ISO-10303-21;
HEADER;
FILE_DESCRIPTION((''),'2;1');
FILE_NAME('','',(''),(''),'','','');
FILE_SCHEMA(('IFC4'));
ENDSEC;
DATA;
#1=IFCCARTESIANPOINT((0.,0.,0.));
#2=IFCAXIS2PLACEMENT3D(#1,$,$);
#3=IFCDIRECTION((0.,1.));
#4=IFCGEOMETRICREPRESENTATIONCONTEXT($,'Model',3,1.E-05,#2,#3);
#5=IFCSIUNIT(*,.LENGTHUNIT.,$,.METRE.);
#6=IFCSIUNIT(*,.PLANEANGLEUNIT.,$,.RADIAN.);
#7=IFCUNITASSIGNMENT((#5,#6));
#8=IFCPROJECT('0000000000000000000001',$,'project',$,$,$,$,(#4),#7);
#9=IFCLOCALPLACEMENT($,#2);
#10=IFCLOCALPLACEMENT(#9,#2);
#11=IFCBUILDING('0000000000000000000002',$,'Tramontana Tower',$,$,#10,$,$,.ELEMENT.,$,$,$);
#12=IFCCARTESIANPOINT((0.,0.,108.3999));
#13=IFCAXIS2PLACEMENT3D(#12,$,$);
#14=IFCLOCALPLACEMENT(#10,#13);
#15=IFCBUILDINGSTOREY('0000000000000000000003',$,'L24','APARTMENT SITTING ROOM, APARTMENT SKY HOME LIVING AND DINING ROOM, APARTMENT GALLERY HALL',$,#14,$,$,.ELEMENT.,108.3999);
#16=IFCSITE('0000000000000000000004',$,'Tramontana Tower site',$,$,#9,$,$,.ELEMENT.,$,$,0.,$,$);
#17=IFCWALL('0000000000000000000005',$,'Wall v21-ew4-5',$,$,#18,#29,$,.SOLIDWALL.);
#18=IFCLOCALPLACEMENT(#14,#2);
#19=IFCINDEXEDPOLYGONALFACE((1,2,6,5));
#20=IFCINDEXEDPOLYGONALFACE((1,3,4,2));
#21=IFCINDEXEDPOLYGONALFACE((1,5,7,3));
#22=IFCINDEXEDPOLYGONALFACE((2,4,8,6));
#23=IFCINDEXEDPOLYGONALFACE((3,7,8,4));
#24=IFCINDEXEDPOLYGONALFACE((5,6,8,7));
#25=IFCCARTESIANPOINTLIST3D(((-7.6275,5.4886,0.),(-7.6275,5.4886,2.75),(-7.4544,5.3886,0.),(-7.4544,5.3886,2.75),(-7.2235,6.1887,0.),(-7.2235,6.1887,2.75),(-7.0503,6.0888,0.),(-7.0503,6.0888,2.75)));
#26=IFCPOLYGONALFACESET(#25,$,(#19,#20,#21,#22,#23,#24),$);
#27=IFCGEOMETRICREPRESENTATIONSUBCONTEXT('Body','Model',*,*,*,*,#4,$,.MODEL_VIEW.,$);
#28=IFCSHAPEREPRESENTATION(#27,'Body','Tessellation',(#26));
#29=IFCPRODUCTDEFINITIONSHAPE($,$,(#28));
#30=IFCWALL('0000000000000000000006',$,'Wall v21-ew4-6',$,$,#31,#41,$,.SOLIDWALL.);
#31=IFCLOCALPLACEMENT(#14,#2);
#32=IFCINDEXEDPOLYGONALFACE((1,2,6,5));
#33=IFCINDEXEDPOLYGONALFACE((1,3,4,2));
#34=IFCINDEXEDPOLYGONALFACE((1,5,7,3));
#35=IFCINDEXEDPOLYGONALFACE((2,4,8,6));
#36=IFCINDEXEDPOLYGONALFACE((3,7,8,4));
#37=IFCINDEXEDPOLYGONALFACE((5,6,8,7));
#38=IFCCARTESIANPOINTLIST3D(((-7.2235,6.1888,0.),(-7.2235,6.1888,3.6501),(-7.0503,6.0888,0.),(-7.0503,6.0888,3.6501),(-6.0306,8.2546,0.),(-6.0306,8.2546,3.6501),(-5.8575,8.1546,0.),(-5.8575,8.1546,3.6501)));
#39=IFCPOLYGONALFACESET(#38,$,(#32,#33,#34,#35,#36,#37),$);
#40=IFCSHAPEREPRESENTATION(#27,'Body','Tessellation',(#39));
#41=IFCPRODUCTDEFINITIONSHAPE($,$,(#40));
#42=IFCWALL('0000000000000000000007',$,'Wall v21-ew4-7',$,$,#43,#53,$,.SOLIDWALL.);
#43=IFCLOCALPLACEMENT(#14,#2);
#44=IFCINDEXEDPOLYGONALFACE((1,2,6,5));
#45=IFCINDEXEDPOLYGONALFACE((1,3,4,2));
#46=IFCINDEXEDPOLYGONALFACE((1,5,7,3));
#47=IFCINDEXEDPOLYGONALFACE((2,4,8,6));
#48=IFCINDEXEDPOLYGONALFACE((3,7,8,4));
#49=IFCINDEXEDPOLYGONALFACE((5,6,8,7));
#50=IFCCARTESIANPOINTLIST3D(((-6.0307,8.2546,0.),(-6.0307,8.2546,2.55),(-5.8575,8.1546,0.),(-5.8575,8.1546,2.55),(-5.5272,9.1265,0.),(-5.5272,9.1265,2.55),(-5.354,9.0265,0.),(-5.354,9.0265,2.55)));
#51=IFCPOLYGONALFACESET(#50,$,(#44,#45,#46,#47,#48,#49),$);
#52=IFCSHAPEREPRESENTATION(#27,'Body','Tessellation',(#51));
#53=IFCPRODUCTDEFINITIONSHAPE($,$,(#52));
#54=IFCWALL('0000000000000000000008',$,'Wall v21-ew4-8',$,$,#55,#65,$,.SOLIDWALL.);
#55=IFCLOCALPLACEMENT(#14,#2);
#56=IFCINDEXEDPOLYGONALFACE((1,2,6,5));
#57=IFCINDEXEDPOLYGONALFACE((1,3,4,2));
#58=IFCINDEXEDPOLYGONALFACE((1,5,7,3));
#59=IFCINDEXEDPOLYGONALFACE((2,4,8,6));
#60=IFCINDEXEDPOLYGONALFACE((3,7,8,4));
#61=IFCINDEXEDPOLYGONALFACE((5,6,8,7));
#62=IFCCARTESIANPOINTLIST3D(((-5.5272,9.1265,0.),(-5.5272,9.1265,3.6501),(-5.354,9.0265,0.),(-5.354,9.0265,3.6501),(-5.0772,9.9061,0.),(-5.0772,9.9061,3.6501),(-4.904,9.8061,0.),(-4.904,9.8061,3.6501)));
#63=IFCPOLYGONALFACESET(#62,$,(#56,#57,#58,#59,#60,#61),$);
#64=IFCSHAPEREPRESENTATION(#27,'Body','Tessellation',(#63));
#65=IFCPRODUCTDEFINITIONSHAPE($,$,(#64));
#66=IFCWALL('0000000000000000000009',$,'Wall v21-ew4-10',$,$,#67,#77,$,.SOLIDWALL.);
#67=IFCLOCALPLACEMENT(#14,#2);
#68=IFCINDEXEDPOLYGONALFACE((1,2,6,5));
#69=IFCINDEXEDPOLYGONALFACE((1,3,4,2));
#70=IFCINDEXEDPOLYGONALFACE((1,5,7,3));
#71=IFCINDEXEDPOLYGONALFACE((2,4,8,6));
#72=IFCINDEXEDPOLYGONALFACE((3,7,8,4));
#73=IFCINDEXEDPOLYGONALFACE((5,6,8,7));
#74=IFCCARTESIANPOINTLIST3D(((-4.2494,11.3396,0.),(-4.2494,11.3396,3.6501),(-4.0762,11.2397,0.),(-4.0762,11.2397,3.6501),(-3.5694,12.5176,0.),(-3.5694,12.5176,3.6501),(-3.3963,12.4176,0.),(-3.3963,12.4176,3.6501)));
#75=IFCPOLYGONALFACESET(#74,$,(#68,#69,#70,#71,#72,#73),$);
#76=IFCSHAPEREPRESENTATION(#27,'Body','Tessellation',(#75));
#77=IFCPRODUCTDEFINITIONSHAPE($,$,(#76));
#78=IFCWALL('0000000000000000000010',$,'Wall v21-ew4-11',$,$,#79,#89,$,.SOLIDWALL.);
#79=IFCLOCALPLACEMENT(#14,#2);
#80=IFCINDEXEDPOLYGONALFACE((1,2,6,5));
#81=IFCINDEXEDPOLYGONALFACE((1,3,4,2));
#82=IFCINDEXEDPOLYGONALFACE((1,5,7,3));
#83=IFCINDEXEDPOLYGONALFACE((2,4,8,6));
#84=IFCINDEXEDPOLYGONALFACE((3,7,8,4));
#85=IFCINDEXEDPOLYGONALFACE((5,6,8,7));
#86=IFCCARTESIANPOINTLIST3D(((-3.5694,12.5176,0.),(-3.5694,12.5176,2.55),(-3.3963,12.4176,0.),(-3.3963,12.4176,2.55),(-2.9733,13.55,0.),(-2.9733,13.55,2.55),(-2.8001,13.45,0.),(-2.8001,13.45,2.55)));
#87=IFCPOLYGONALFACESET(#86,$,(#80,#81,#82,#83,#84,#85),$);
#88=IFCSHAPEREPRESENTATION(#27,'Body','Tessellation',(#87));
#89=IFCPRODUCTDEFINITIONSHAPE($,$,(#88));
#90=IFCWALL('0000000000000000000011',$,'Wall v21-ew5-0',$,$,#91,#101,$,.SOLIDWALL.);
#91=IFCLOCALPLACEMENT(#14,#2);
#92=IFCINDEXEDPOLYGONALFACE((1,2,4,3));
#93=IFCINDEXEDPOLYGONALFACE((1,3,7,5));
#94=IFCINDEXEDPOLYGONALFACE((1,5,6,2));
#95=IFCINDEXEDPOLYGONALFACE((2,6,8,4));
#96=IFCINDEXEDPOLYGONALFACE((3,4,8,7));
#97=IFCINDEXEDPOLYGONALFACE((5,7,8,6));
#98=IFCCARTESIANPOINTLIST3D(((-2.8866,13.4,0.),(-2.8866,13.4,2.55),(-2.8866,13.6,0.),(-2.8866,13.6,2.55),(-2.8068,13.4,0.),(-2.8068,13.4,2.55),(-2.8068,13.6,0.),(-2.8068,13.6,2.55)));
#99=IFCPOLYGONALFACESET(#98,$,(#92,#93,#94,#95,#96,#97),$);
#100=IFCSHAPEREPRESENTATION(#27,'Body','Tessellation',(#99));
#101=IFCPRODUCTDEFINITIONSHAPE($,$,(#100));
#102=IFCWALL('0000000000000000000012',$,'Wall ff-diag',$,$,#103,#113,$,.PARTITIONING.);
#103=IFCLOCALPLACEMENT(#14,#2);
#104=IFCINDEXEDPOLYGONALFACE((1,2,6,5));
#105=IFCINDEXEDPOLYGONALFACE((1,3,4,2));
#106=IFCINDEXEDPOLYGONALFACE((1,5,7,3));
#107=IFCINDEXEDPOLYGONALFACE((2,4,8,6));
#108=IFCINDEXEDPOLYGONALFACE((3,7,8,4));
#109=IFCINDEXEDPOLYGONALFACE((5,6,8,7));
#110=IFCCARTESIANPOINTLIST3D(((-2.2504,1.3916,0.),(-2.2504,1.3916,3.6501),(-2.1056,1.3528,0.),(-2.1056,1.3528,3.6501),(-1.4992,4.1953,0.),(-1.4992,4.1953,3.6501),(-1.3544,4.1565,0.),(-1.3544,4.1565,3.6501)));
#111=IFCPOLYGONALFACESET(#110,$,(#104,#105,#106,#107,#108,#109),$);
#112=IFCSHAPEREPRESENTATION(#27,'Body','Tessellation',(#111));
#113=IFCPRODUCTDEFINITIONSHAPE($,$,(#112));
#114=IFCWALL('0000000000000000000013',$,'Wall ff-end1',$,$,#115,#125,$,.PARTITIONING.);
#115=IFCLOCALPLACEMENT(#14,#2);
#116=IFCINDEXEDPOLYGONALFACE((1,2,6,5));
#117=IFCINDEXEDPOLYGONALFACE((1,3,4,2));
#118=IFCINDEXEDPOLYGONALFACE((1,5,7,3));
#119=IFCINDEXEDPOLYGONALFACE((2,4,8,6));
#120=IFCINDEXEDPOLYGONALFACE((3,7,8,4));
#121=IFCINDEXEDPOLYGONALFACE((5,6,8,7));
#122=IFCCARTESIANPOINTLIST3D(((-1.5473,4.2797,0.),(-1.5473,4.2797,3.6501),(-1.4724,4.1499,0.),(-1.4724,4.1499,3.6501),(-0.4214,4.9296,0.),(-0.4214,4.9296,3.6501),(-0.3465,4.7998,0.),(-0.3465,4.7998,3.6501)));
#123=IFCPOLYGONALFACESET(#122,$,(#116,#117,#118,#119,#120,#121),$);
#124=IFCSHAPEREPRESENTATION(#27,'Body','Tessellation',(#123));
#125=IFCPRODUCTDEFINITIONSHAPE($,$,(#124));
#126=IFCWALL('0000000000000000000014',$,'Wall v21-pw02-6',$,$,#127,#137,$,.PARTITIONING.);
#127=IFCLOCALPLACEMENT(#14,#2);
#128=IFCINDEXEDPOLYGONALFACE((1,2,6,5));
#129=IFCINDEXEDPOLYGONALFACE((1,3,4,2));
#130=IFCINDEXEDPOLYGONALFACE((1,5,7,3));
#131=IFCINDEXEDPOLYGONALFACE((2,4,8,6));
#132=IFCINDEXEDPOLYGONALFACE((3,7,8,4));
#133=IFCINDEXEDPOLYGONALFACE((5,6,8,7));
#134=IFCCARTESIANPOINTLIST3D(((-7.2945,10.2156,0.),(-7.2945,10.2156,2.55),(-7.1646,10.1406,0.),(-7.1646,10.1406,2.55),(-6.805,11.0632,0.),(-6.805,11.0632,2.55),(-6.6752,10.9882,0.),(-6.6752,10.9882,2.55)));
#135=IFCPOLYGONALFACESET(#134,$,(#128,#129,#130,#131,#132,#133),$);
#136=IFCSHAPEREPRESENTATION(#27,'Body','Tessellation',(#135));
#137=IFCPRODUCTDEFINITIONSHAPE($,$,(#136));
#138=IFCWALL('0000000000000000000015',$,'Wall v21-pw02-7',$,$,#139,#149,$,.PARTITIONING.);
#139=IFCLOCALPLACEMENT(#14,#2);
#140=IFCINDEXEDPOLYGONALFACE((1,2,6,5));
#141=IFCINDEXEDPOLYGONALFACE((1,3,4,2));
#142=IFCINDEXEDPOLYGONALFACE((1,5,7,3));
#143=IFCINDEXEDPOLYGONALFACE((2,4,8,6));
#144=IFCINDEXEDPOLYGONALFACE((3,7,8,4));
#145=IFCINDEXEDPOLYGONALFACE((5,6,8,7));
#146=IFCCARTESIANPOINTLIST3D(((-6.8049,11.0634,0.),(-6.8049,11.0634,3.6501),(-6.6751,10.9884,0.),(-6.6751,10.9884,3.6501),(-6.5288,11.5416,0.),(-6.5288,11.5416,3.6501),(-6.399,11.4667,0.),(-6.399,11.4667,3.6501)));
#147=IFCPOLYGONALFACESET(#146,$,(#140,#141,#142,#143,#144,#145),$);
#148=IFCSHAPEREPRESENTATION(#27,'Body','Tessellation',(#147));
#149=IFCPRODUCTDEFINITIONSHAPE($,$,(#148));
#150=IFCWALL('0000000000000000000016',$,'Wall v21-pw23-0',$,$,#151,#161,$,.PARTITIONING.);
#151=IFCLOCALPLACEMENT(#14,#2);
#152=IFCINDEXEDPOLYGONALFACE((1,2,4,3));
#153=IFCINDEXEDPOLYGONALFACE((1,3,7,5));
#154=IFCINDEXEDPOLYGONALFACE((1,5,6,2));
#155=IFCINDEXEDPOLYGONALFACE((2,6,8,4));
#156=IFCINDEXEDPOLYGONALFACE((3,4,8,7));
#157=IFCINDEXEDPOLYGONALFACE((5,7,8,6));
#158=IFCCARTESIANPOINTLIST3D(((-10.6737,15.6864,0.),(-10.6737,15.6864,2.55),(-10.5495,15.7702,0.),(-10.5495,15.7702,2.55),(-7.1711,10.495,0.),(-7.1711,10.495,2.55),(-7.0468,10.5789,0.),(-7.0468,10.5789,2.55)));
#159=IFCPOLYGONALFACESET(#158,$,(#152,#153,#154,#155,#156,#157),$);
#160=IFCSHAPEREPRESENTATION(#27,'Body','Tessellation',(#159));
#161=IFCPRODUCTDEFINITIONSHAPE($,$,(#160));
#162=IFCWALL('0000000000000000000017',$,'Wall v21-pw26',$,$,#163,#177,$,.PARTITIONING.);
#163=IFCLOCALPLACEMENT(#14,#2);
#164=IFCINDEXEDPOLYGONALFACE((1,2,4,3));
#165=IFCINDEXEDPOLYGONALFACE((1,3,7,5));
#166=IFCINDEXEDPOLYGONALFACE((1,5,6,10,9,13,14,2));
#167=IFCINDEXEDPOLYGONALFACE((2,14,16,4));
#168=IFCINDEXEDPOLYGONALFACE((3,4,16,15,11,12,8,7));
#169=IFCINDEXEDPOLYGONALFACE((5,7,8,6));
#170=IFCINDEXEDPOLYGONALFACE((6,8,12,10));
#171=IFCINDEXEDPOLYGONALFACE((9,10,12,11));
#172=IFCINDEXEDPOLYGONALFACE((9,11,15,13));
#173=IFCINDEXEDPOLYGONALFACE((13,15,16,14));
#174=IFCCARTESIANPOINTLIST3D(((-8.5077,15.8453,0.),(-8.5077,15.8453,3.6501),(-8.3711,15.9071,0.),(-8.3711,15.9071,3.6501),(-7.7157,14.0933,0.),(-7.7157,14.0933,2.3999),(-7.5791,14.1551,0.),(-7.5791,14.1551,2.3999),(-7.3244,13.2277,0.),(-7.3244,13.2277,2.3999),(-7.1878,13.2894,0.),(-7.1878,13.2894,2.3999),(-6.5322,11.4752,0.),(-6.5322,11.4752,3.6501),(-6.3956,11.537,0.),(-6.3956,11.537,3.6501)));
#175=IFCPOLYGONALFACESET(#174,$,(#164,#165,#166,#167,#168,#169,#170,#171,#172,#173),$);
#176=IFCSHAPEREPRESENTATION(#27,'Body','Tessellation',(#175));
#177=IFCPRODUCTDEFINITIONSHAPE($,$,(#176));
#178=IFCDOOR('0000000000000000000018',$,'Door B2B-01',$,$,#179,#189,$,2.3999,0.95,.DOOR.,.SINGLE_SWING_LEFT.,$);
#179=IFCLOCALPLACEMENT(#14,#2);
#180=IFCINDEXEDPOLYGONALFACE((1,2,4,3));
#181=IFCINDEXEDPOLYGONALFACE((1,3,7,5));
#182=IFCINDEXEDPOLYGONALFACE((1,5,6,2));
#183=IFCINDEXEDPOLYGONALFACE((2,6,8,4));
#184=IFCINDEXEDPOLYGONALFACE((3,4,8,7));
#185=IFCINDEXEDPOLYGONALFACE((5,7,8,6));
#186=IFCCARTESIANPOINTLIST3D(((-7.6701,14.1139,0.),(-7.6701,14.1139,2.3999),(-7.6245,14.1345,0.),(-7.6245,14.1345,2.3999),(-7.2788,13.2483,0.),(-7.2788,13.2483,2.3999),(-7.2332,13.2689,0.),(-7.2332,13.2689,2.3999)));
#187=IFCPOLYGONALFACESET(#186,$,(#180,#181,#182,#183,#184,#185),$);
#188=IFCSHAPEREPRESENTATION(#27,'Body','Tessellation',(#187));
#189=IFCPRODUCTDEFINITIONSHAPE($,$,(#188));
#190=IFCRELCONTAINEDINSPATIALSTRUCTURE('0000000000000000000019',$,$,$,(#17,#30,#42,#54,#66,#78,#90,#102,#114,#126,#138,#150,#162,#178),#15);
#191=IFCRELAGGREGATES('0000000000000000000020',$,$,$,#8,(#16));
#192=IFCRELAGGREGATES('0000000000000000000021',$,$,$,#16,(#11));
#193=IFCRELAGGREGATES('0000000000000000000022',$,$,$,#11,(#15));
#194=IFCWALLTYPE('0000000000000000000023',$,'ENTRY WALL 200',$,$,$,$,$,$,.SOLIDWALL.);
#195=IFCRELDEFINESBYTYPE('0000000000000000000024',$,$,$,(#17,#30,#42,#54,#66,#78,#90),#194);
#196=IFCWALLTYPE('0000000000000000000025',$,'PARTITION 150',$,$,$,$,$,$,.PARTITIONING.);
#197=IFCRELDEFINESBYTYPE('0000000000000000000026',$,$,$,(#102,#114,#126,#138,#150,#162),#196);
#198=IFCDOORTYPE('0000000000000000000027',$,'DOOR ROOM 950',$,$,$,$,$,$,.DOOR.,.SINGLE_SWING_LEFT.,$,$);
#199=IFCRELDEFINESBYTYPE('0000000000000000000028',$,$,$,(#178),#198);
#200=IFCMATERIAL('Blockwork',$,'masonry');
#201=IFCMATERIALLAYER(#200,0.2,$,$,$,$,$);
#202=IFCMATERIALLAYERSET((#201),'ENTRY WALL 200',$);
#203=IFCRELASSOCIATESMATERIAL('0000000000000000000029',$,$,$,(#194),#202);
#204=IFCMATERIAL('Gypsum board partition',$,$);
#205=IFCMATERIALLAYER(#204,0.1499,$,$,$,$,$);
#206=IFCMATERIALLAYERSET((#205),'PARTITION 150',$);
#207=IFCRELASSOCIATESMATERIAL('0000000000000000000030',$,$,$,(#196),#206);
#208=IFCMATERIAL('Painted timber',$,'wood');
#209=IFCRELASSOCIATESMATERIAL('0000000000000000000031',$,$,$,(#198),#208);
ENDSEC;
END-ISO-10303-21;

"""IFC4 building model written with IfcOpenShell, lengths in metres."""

from ifc_helpers import new_model, si_unit, direction, frame, frame_2d, origin, place, context, subcontext, project, spatial, rectangle, extrude, material, layer, layer_set, type_object, element, fill, save


model = new_model("IFC4")

# Units and contexts
model_context = context("Model", 3, precision=1e-05, world=origin(), true_north=direction((0.0, 1.0)))
body_context = subcontext(model_context, "Body", "Model", "MODEL_VIEW")
ifc_project = project(units=[si_unit("LENGTHUNIT", "METRE"), si_unit("PLANEANGLEUNIT", "RADIAN")], contexts=[model_context])

# Site, building, storey
site_placement = place(None, origin())
site = spatial("IfcSite", under=ifc_project, at=site_placement, Name="Tramontana Tower site", CompositionType="ELEMENT", RefElevation=0.0)
building_placement = place(site_placement, origin())
building = spatial("IfcBuilding", under=site, at=building_placement, Name="Tramontana Tower", CompositionType="ELEMENT")
storey_placement = place(building_placement, frame((0.0, 0.0, 108.3999)))
storey = spatial("IfcBuildingStorey", under=building, at=storey_placement, Name="L24", Description="APARTMENT SITTING ROOM, APARTMENT SKY HOME LIVING AND DINING ROOM, APARTMENT GALLERY HALL", CompositionType="ELEMENT", Elevation=108.3999)

# Walls
ifc_material_1 = material(Name="Blockwork", Category="masonry")
ifc_layer_1 = layer(ifc_material_1, 0.2)
ifc_layer_set_1 = layer_set([ifc_layer_1], Name="ENTRY WALL 200")
wall_type_1 = type_object("IfcWallType", Name="ENTRY WALL 200", PredefinedType="SOLIDWALL", material=ifc_layer_set_1)
wall_1_placement = place(storey_placement, frame((-7.541, 5.4385, 0.0), z_axis=(0.0, 0.0, 1.0), x_axis=(0.49981, 0.866135, 0.0)))
element("IfcWall", 1, at=wall_1_placement, inside=storey, type_object=wall_type_1, Name="Wall v21-ew4-5", PredefinedType="SOLIDWALL", context=body_context, shape_type="SweptSolid", body=[
    extrude(rectangle(XDim=0.8083, YDim=0.2, at=frame_2d((0.4043, 0.0))), origin(), (0.0, 0.0, 1.0), 2.75),
])
wall_2_placement = place(storey_placement, frame((-7.137, 6.1387, 0.0), z_axis=(0.0, 0.0, 1.0), x_axis=(0.500035, 0.866005, 0.0)))
element("IfcWall", 2, at=wall_2_placement, inside=storey, type_object=wall_type_1, Name="Wall v21-ew4-6", PredefinedType="SOLIDWALL", context=body_context, shape_type="SweptSolid", body=[
    extrude(rectangle(XDim=2.3855, YDim=0.2, at=frame_2d((1.1929, 0.0))), origin(), (0.0, 0.0, 1.0), 3.6501),
])
wall_3_placement = place(storey_placement, frame((-5.9441, 8.2046, 0.0), z_axis=(0.0, 0.0, 1.0), x_axis=(0.500051, 0.865996, 0.0)))
element("IfcWall", 3, at=wall_3_placement, inside=storey, type_object=wall_type_1, Name="Wall v21-ew4-7", PredefinedType="SOLIDWALL", context=body_context, shape_type="SweptSolid", body=[
    extrude(rectangle(XDim=1.0068, YDim=0.2, at=frame_2d((0.5034, 0.0))), origin(), (0.0, 0.0, 1.0), 2.55),
])
wall_4_placement = place(storey_placement, frame((-5.4407, 9.0764, 0.0), z_axis=(0.0, 0.0, 1.0), x_axis=(0.499902, 0.866082, 0.0)))
element("IfcWall", 4, at=wall_4_placement, inside=storey, type_object=wall_type_1, Name="Wall v21-ew4-8", PredefinedType="SOLIDWALL", context=body_context, shape_type="SweptSolid", body=[
    extrude(rectangle(XDim=0.9001, YDim=0.2, at=frame_2d((0.4502, 0.0))), origin(), (0.0, 0.0, 1.0), 3.6501),
])

# Walls
wall_5_placement = place(storey_placement, frame((-4.1628, 11.2896, 0.0), z_axis=(0.0, 0.0, 1.0), x_axis=(0.499904, 0.866081, 0.0)))
element("IfcWall", 5, at=wall_5_placement, inside=storey, type_object=wall_type_1, Name="Wall v21-ew4-10", PredefinedType="SOLIDWALL", context=body_context, shape_type="SweptSolid", body=[
    extrude(rectangle(XDim=1.3601, YDim=0.2, at=frame_2d((0.6802, 0.0))), origin(), (0.0, 0.0, 1.0), 3.6501),
])
wall_6_placement = place(storey_placement, frame((-3.4829, 12.4675, 0.0), z_axis=(0.0, 0.0, 1.0), x_axis=(0.500059, 0.865991, 0.0)))
element("IfcWall", 6, at=wall_6_placement, inside=storey, type_object=wall_type_1, Name="Wall v21-ew4-11", PredefinedType="SOLIDWALL", context=body_context, shape_type="SweptSolid", body=[
    extrude(rectangle(XDim=1.1921, YDim=0.2, at=frame_2d((0.5962, 0.0))), origin(), (0.0, 0.0, 1.0), 2.55),
])
wall_7_placement = place(storey_placement, frame((-2.8867, 13.5, 0.0), z_axis=(0.0, 0.0, 1.0), x_axis=(1.0, 0.0, 0.0)))
element("IfcWall", 7, at=wall_7_placement, inside=storey, type_object=wall_type_1, Name="Wall v21-ew5-0", PredefinedType="SOLIDWALL", context=body_context, shape_type="SweptSolid", body=[
    extrude(rectangle(XDim=0.0798, YDim=0.2, at=frame_2d((0.04, 0.0))), origin(), (0.0, 0.0, 1.0), 2.55),
])
ifc_material_2 = material(Name="Gypsum board partition")
ifc_layer_2 = layer(ifc_material_2, 0.1499)
ifc_layer_set_2 = layer_set([ifc_layer_2], Name="PARTITION 150")
wall_type_2 = type_object("IfcWallType", Name="PARTITION 150", PredefinedType="PARTITIONING", material=ifc_layer_set_2)
wall_8_placement = place(storey_placement, frame((-2.178, 1.3723, 0.0), z_axis=(0.0, 0.0, 1.0), x_axis=(0.258809, 0.965929, 0.0)))
element("IfcWall", 8, at=wall_8_placement, inside=storey, type_object=wall_type_2, Name="Wall ff-diag", PredefinedType="PARTITIONING", context=body_context, shape_type="SweptSolid", body=[
    extrude(rectangle(XDim=2.9026, YDim=0.1499, at=frame_2d((1.4512, 0.0))), origin(), (0.0, 0.0, 1.0), 3.6501),
])
wall_9_placement = place(storey_placement, frame((-1.5098, 4.2148, 0.0), z_axis=(0.0, 0.0, 1.0), x_axis=(0.866086, 0.499896, 0.0)))
element("IfcWall", 9, at=wall_9_placement, inside=storey, type_object=wall_type_2, Name="Wall ff-end1", PredefinedType="PARTITIONING", context=body_context, shape_type="SweptSolid", body=[
    extrude(rectangle(XDim=1.3, YDim=0.1499, at=frame_2d((0.6499, 0.0))), origin(), (0.0, 0.0, 1.0), 3.6501),
])
wall_10_placement = place(storey_placement, frame((-7.2295, 10.1782, 0.0), z_axis=(0.0, 0.0, 1.0), x_axis=(0.500082, 0.865978, 0.0)))
element("IfcWall", 10, at=wall_10_placement, inside=storey, type_object=wall_type_2, Name="Wall v21-pw02-6", PredefinedType="PARTITIONING", context=body_context, shape_type="SweptSolid", body=[
    extrude(rectangle(XDim=0.9788, YDim=0.1499, at=frame_2d((0.4893, 0.0))), origin(), (0.0, 0.0, 1.0), 2.55),
])
wall_11_placement = place(storey_placement, frame((-6.74, 11.0259, 0.0), z_axis=(0.0, 0.0, 1.0), x_axis=(0.49999, 0.866031, 0.0)))
element("IfcWall", 11, at=wall_11_placement, inside=storey, type_object=wall_type_2, Name="Wall v21-pw02-7", PredefinedType="PARTITIONING", context=body_context, shape_type="SweptSolid", body=[
    extrude(rectangle(XDim=0.5522, YDim=0.1499, at=frame_2d((0.2761, 0.0))), origin(), (0.0, 0.0, 1.0), 3.6501),
])

# Wall
wall_12_placement = place(storey_placement, frame((-7.1089, 10.5369, 0.0), z_axis=(0.0, 0.0, 1.0), x_axis=(-0.559307, 0.828961, 0.0)))
element("IfcWall", 12, at=wall_12_placement, inside=storey, type_object=wall_type_2, Name="Wall v21-pw23-0", PredefinedType="PARTITIONING", context=body_context, shape_type="SweptSolid", body=[
    extrude(rectangle(XDim=6.2625, YDim=0.1499, at=frame_2d((3.1313, 0.0))), origin(), (0.0, 0.0, 1.0), 2.55),
])

# Wall, opening, door
wall_13_placement = place(storey_placement, frame((-6.4639, 11.5061, 0.0), z_axis=(0.0, 0.0, 1.0), x_axis=(-0.41193, 0.911215, 0.0)))
wall_13 = element("IfcWall", 13, at=wall_13_placement, inside=storey, type_object=wall_type_2, Name="Wall v21-pw26", PredefinedType="PARTITIONING", context=body_context, shape_type="SweptSolid", body=[
    extrude(rectangle(XDim=4.7959, YDim=0.1499, at=frame_2d((2.3979, 0.0))), origin(), (0.0, 0.0, 1.0), 3.6501),
])
opening_1_placement = place(wall_13_placement, frame((1.9231, 0.0, 0.0)))
opening_1 = element("IfcOpeningElement", 14, at=opening_1_placement, cuts=wall_13, PredefinedType="OPENING", context=body_context, shape_type="SweptSolid", body=[
    extrude(rectangle(XDim=0.95, YDim=2.3999, at=frame_2d((0.4751, 1.2))), frame((0.0, 0.085, 0.0), z_axis=(0.0, -1.0, 0.0), x_axis=(1.0, 0.0, 0.0)), (0.0, 0.0, 1.0), 0.1699),
])
ifc_material_3 = material(Name="Painted timber", Category="wood")
door_type_1 = type_object("IfcDoorType", Name="DOOR ROOM 950", OperationType="SINGLE_SWING_LEFT", PredefinedType="DOOR", material=ifc_material_3)
door_1_placement = place(opening_1_placement, origin())
door_1 = element("IfcDoor", 15, at=door_1_placement, inside=storey, type_object=door_type_1, Name="Door B2B-01", OperationType="SINGLE_SWING_LEFT", OverallHeight=2.3999, OverallWidth=0.95, PredefinedType="DOOR", context=body_context, shape_type="SweptSolid", body=[
    extrude(rectangle(XDim=0.95, YDim=2.3999, at=frame_2d((0.4751, 1.2))), frame((0.0, 0.0249, 0.0), z_axis=(0.0, -1.0, 0.0), x_axis=(1.0, 0.0, 0.0)), (0.0, 0.0, 1.0), 0.05),
])
fill(opening_1, door_1)

save(model, "model.ifc")
